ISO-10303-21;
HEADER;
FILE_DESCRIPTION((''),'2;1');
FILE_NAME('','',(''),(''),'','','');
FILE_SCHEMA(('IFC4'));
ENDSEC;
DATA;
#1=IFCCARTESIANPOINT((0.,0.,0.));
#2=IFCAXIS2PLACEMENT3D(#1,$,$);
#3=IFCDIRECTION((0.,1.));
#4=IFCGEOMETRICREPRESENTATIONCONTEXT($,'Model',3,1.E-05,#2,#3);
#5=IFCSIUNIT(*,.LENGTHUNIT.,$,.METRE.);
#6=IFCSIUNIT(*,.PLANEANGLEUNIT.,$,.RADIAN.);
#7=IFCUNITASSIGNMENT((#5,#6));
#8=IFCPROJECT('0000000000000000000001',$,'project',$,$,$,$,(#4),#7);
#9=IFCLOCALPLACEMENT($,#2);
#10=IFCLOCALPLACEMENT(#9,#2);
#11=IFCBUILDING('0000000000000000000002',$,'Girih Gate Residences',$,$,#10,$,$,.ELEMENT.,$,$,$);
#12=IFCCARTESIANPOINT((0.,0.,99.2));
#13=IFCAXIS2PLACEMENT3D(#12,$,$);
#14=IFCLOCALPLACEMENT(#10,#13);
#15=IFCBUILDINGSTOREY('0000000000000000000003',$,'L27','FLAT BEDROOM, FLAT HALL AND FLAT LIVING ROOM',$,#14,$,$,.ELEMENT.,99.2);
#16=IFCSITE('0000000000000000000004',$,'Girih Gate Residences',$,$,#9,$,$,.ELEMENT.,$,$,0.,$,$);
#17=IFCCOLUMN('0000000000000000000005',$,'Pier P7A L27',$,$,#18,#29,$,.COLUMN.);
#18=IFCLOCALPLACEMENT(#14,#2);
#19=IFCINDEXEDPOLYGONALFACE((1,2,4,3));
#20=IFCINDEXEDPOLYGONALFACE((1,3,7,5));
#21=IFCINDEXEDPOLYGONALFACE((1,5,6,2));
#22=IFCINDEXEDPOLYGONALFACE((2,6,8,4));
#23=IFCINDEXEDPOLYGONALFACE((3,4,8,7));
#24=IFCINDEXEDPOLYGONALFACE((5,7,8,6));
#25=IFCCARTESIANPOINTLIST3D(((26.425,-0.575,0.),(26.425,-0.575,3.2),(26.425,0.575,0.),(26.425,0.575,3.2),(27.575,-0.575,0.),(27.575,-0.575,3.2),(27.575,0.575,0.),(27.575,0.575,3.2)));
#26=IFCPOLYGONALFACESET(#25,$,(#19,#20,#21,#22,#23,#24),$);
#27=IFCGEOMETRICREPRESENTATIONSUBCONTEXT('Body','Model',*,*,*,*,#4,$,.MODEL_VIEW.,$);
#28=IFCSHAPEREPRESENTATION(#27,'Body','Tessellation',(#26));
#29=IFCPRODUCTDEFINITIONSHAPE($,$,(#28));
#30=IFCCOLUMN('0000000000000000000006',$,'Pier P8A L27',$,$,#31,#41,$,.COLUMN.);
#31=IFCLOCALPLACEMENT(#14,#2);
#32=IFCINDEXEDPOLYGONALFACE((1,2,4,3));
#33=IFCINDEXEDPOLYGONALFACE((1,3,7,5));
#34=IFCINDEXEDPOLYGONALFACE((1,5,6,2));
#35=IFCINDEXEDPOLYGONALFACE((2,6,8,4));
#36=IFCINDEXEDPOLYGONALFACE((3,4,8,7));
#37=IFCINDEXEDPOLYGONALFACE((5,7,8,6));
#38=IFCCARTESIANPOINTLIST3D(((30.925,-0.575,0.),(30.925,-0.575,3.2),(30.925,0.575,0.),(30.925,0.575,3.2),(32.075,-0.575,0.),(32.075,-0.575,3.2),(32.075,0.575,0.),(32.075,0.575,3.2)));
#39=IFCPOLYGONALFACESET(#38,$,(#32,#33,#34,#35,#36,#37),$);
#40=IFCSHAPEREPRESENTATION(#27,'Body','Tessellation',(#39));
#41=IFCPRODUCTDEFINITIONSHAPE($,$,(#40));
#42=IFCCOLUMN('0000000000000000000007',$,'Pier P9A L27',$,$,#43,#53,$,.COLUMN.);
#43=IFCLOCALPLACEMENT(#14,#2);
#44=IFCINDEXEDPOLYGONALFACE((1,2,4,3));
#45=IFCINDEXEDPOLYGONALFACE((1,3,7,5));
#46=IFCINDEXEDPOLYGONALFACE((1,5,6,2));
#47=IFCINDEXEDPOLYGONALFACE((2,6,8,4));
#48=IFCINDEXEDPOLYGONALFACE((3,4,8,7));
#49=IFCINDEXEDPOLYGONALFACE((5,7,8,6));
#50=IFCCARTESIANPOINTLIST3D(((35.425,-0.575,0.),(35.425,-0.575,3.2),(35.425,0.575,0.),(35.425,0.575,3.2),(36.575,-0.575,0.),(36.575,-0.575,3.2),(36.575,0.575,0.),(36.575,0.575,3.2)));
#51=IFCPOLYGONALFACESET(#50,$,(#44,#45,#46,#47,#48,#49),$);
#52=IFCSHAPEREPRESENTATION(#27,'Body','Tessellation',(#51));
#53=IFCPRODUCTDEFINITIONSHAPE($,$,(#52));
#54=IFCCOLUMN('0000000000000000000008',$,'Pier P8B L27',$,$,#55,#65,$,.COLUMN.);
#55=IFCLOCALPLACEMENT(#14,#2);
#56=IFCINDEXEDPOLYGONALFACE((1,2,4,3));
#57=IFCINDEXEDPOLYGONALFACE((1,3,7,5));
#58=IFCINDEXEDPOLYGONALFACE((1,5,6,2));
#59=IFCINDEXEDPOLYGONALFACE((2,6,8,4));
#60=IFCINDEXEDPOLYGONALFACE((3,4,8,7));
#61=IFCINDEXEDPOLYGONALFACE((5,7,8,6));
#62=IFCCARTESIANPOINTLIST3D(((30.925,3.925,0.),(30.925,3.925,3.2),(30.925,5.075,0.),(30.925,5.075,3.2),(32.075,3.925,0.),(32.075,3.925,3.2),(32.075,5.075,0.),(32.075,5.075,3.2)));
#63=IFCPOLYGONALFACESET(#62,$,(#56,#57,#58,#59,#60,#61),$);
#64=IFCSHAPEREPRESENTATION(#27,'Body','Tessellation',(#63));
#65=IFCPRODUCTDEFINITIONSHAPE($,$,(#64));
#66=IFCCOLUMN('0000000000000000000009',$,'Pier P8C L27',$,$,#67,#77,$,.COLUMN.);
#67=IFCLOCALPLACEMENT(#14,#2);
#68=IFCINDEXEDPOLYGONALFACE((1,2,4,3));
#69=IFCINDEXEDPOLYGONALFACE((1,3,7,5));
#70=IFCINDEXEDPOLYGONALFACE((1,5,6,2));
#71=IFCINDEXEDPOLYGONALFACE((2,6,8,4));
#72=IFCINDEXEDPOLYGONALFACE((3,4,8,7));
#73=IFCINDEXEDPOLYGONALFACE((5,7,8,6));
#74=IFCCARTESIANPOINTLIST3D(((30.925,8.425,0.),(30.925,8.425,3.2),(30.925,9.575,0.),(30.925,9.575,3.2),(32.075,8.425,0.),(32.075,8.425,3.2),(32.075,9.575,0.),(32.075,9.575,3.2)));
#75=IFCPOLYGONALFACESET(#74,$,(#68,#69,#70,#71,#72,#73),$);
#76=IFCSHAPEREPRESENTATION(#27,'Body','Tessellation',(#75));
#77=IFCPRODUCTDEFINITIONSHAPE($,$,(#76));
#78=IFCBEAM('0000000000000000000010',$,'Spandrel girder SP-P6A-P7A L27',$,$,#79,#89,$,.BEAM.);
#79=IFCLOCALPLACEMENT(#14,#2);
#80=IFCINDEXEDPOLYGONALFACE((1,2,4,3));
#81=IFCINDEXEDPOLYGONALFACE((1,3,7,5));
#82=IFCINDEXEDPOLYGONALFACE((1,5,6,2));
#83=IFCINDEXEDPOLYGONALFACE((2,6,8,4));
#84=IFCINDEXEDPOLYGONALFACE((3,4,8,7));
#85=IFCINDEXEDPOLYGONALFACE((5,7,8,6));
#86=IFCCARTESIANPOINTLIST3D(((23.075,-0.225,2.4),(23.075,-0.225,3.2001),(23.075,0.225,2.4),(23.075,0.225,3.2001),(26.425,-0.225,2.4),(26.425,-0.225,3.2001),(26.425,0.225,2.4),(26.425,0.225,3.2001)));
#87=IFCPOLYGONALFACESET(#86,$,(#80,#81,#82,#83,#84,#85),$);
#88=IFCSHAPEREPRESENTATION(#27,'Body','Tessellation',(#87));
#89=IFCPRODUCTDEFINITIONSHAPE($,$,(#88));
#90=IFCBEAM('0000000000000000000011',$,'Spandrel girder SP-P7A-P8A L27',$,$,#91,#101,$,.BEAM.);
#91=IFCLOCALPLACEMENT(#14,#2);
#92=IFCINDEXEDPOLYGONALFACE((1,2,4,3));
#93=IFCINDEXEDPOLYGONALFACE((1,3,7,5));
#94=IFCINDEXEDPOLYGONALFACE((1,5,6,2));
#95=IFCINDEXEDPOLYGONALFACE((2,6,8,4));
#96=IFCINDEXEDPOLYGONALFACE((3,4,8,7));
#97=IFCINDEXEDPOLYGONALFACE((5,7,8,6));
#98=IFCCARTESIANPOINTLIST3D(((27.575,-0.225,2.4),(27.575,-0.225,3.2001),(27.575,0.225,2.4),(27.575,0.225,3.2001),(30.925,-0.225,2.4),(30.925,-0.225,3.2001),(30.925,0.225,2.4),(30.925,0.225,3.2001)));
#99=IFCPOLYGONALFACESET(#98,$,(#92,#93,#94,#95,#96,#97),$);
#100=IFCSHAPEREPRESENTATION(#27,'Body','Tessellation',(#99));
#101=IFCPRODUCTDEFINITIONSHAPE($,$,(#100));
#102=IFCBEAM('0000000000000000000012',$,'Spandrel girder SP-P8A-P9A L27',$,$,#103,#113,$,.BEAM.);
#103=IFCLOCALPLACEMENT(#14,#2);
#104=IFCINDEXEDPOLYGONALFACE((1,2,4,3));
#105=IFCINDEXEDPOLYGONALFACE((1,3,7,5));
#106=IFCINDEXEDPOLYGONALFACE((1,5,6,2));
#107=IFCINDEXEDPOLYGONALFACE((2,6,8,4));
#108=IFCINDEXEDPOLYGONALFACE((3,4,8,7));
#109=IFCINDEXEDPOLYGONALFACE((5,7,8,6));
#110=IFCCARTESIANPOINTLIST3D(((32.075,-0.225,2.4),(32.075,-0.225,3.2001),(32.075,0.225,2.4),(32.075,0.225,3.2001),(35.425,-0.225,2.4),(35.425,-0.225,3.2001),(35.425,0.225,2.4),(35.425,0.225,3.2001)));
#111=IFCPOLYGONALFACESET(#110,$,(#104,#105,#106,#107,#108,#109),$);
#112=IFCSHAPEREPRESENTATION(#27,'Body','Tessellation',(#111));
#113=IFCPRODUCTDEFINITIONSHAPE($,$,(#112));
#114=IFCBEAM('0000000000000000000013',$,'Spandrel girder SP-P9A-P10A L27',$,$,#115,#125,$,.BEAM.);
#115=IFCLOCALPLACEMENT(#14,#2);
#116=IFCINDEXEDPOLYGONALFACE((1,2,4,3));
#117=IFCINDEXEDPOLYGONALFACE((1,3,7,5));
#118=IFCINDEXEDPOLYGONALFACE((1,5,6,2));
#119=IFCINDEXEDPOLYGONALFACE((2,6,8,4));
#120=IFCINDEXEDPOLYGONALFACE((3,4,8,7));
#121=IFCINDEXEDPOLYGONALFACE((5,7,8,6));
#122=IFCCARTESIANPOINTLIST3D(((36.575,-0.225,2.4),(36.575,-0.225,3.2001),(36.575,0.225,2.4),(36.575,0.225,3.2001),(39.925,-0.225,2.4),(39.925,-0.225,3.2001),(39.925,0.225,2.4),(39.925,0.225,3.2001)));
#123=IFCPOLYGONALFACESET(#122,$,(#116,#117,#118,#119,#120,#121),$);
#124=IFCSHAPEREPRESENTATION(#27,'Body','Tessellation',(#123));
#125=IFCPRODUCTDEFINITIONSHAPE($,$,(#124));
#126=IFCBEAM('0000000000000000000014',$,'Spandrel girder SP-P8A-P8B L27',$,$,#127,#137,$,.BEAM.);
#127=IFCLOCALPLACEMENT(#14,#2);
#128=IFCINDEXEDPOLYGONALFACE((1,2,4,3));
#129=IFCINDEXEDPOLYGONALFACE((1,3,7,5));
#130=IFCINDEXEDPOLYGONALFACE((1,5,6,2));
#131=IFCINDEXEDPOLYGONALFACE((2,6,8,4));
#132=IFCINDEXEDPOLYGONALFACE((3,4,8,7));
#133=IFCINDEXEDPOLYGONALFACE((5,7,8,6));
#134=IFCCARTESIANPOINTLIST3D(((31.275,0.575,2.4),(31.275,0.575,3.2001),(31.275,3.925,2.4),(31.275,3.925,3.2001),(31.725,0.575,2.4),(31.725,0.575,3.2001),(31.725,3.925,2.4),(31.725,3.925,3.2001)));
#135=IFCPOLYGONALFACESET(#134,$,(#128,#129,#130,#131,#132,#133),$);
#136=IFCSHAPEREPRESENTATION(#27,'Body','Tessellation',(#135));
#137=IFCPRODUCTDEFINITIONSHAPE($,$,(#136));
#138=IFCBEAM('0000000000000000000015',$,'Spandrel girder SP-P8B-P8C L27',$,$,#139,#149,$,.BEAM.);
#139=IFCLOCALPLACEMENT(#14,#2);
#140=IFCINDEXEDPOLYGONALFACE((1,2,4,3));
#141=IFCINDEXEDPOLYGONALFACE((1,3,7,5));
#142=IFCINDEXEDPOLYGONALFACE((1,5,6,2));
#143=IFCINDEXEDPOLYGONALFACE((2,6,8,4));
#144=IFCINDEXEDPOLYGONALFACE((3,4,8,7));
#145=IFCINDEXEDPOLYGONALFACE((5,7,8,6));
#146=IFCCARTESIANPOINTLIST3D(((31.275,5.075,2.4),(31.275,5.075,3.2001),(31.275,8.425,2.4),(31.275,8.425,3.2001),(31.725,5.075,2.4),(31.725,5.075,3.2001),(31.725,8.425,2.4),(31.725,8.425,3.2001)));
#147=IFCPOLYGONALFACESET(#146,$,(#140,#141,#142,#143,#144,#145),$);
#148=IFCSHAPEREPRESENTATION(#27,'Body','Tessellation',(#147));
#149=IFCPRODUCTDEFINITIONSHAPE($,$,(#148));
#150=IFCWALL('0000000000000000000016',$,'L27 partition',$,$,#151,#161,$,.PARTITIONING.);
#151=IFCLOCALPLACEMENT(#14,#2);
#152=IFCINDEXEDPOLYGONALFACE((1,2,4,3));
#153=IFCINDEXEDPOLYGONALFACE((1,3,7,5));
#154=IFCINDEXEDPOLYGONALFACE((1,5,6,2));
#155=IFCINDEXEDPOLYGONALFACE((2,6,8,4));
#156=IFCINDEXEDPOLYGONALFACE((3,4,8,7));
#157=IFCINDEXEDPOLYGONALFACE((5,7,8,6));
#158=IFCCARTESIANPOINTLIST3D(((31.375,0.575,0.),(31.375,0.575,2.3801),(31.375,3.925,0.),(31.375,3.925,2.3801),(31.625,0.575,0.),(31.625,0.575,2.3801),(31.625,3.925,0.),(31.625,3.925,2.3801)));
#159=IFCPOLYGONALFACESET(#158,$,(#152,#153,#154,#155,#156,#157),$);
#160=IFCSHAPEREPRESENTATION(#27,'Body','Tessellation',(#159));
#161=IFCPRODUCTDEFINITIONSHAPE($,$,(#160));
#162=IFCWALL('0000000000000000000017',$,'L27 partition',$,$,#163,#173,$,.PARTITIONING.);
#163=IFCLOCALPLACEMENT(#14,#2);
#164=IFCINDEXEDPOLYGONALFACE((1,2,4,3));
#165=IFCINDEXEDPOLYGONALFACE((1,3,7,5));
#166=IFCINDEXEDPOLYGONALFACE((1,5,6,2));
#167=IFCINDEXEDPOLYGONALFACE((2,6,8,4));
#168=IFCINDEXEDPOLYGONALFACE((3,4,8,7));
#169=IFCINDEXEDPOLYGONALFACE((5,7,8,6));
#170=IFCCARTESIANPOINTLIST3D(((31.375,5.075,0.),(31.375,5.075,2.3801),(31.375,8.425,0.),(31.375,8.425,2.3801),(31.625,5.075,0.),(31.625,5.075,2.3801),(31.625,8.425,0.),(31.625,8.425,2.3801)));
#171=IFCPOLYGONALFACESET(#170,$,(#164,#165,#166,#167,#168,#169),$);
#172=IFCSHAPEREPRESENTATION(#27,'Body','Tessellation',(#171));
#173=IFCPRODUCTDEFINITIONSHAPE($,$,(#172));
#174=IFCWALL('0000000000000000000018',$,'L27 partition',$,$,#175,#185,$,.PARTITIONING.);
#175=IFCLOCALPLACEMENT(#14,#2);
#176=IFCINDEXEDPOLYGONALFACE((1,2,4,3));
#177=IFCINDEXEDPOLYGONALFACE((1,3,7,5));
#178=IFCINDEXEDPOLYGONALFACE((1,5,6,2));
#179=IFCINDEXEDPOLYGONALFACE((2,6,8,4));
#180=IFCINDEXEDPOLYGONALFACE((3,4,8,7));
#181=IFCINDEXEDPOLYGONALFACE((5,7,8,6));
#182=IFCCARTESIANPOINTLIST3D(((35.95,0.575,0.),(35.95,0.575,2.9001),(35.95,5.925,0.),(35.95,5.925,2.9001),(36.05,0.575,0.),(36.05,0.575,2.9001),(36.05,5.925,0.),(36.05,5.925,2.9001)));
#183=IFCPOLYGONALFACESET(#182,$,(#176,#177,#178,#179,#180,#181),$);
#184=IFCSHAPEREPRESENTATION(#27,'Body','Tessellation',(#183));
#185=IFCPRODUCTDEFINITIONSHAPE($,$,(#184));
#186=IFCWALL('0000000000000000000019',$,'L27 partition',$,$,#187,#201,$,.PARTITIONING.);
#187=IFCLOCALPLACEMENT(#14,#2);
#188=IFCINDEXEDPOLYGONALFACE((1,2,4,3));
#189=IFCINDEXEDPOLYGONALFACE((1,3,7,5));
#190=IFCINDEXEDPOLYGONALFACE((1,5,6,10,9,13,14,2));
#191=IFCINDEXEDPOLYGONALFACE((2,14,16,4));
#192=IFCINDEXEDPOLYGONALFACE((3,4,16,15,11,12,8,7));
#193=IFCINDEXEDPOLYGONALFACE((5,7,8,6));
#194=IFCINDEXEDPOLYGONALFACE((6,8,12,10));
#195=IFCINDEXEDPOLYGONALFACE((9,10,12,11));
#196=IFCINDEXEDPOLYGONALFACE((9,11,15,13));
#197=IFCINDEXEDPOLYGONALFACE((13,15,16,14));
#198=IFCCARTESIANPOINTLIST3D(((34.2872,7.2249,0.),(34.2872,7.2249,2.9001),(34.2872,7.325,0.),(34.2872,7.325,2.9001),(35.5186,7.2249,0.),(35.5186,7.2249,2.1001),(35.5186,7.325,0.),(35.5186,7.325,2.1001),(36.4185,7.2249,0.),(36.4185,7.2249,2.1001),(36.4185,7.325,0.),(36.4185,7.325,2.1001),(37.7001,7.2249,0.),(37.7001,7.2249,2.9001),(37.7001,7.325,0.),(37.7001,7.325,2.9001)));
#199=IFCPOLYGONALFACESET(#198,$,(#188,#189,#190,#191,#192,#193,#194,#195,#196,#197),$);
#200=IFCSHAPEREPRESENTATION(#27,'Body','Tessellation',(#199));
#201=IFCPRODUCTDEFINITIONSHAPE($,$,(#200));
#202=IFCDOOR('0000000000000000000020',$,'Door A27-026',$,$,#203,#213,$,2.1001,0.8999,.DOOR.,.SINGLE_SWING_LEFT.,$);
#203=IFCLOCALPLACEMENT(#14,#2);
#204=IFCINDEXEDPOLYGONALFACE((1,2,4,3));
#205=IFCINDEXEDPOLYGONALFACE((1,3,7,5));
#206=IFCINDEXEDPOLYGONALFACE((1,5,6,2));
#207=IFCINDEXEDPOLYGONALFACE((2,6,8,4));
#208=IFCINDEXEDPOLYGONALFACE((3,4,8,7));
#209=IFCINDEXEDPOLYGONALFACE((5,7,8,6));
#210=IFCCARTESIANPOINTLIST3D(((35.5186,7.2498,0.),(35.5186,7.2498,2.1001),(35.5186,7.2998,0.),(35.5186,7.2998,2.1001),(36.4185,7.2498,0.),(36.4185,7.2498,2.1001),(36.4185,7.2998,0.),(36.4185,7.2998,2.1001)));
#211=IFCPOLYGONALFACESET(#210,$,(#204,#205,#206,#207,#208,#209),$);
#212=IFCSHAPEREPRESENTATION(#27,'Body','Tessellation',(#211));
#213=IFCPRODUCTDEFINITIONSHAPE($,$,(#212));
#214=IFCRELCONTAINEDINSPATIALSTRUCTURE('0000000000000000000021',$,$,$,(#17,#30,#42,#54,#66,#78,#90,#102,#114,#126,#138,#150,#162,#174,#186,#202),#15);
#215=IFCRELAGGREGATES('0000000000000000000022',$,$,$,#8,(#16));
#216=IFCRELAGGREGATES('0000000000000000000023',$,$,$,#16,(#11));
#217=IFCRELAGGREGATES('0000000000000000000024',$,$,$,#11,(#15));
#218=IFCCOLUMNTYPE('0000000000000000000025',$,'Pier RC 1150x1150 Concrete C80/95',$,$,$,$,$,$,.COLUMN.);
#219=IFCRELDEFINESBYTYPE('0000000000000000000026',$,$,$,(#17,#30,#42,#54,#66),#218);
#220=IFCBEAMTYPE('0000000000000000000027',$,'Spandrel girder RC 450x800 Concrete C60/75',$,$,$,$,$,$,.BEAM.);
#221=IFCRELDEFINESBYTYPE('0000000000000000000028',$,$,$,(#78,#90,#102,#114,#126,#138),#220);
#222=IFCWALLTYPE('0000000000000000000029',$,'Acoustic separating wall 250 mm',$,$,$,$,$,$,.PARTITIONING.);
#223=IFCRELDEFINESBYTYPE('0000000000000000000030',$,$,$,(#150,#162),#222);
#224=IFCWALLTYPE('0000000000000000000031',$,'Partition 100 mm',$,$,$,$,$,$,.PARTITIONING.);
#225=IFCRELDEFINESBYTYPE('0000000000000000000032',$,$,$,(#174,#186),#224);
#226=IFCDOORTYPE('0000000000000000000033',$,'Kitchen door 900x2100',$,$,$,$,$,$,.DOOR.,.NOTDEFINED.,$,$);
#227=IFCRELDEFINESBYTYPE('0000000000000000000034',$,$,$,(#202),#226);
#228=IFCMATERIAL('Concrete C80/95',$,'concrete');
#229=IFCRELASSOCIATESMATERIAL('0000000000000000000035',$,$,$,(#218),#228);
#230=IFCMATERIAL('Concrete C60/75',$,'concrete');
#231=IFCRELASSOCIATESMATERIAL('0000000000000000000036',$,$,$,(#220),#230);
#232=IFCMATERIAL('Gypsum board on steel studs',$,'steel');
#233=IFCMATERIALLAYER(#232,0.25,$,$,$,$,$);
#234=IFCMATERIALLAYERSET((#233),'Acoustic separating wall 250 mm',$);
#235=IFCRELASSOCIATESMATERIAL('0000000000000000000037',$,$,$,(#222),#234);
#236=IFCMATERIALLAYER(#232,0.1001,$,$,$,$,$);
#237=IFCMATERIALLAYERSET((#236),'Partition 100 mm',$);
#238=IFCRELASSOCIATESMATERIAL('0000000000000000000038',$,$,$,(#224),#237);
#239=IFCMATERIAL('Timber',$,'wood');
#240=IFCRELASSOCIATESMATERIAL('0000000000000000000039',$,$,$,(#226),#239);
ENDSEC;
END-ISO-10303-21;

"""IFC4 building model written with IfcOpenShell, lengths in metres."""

from ifc_helpers import new_model, si_unit, direction, frame, frame_2d, origin, origin_2d, place, context, subcontext, project, spatial, rectangle, extrude, material, layer, layer_set, material_profile, profile_set, type_object, element, fill, save


model = new_model("IFC4")

# Units and contexts
model_context = context("Model", 3, precision=1e-05, world=origin(), true_north=direction((0.0, 1.0)))
body_context = subcontext(model_context, "Body", "Model", "MODEL_VIEW")
ifc_project = project(units=[si_unit("LENGTHUNIT", "METRE"), si_unit("PLANEANGLEUNIT", "RADIAN")], contexts=[model_context])

# Site, building, storey
site_placement = place(None, origin())
site = spatial("IfcSite", under=ifc_project, at=site_placement, Name="Girih Gate Residences", CompositionType="ELEMENT", RefElevation=0.0)
building_placement = place(site_placement, origin())
building = spatial("IfcBuilding", under=site, at=building_placement, Name="Girih Gate Residences", CompositionType="ELEMENT")
storey_placement = place(building_placement, frame((0.0, 0.0, 99.2)))
storey = spatial("IfcBuildingStorey", under=building, at=storey_placement, Name="L27", Description="FLAT BEDROOM, FLAT HALL AND FLAT LIVING ROOM", CompositionType="ELEMENT", Elevation=99.2)

# Columns
ifc_material_1 = material(Name="Concrete C80/95", Category="concrete")
ifc_material_profile_1 = material_profile(ifc_material_1, rectangle(XDim=1.1499, YDim=1.1499, at=origin_2d()))
ifc_profile_set_1 = profile_set([ifc_material_profile_1], Name="Concrete C80/95")
column_type = type_object("IfcColumnType", Name="Pier RC 1150x1150 Concrete C80/95", PredefinedType="COLUMN", material=ifc_profile_set_1)
for number, where, z_axis, x_axis, name in (
    (1, (27.0, 0.0, 0.0), (0.0, 0.0, 1.0), (1.0, 0.0, 0.0), "Pier P7A L27"),
    (2, (31.5, 0.0, 0.0), (0.0, 0.0, 1.0), (1.0, 0.0, 0.0), "Pier P8A L27"),
    (3, (36.0, 0.0, 0.0), (0.0, 0.0, 1.0), (1.0, 0.0, 0.0), "Pier P9A L27"),
    (4, (31.5, 4.5, 0.0), (0.0, 0.0, 1.0), (1.0, 0.0, 0.0), "Pier P8B L27"),
    (5, (31.5, 9.0, 0.0), (0.0, 0.0, 1.0), (1.0, 0.0, 0.0), "Pier P8C L27"),
):
    element("IfcColumn", number, at=place(storey_placement, frame(where, z_axis=z_axis, x_axis=x_axis)), inside=storey, type_object=column_type, Name=name, PredefinedType="COLUMN", context=body_context, shape_type="SweptSolid", body=[
        extrude(rectangle(XDim=1.1499, YDim=1.1499, at=origin_2d()), origin(), (0.0, 0.0, 1.0), 3.2),
    ])

# Beams
ifc_material_2 = material(Name="Concrete C60/75", Category="concrete")
ifc_material_profile_2 = material_profile(ifc_material_2, rectangle(XDim=0.45, YDim=0.8, at=origin_2d()))
ifc_profile_set_2 = profile_set([ifc_material_profile_2], Name="Concrete C60/75")
beam_type = type_object("IfcBeamType", Name="Spandrel girder RC 450x800 Concrete C60/75", PredefinedType="BEAM", material=ifc_profile_set_2)
for number, where, z_axis, x_axis, name in (
    (6, (23.075, 0.0, 2.8), (1.0, 0.0, 0.0), (0.0, 1.0, 0.0), "Spandrel girder SP-P6A-P7A L27"),
    (7, (27.575, 0.0, 2.8), (1.0, 0.0, 0.0), (0.0, 1.0, 0.0), "Spandrel girder SP-P7A-P8A L27"),
    (8, (32.075, 0.0, 2.8), (1.0, 0.0, 0.0), (0.0, 1.0, 0.0), "Spandrel girder SP-P8A-P9A L27"),
    (9, (36.575, 0.0, 2.8), (1.0, 0.0, 0.0), (0.0, 1.0, 0.0), "Spandrel girder SP-P9A-P10A L27"),
    (10, (31.5, 0.575, 2.8), (0.0, 1.0, 0.0), (-1.0, 0.0, 0.0), "Spandrel girder SP-P8A-P8B L27"),
    (11, (31.5, 5.075, 2.8), (0.0, 1.0, 0.0), (-1.0, 0.0, 0.0), "Spandrel girder SP-P8B-P8C L27"),
):
    element("IfcBeam", number, at=place(storey_placement, frame(where, z_axis=z_axis, x_axis=x_axis)), inside=storey, type_object=beam_type, Name=name, PredefinedType="BEAM", context=body_context, shape_type="SweptSolid", body=[
        extrude(rectangle(XDim=0.45, YDim=0.8, at=origin_2d()), origin(), (0.0, 0.0, 1.0), 3.3501),
    ])

# Walls
ifc_material_3 = material(Name="Gypsum board on steel studs", Category="steel")
ifc_layer_1 = layer(ifc_material_3, 0.25)
ifc_layer_set_1 = layer_set([ifc_layer_1], Name="Acoustic separating wall 250 mm")
wall_type_1 = type_object("IfcWallType", Name="Acoustic separating wall 250 mm", PredefinedType="PARTITIONING", material=ifc_layer_set_1)
for number, where, z_axis, x_axis, name in (
    (12, (31.5, 0.575, 0.0), (0.0, 0.0, 1.0), (0.0, 1.0, 0.0), "L27 partition"),
    (13, (31.5, 5.075, 0.0), (0.0, 0.0, 1.0), (0.0, 1.0, 0.0), "L27 partition"),
):
    element("IfcWall", number, at=place(storey_placement, frame(where, z_axis=z_axis, x_axis=x_axis)), inside=storey, type_object=wall_type_1, Name=name, PredefinedType="PARTITIONING", context=body_context, shape_type="SweptSolid", body=[
        extrude(rectangle(XDim=3.3501, YDim=0.25, at=frame_2d((1.675, 0.0))), origin(), (0.0, 0.0, 1.0), 2.3801),
    ])
ifc_layer_2 = layer(ifc_material_3, 0.1001)
ifc_layer_set_2 = layer_set([ifc_layer_2], Name="Partition 100 mm")
wall_type_2 = type_object("IfcWallType", Name="Partition 100 mm", PredefinedType="PARTITIONING", material=ifc_layer_set_2)
wall_1_placement = place(storey_placement, frame((36.0, 0.575, 0.0), z_axis=(0.0, 0.0, 1.0), x_axis=(0.0, 1.0, 0.0)))
element("IfcWall", 14, at=wall_1_placement, inside=storey, type_object=wall_type_2, Name="L27 partition", PredefinedType="PARTITIONING", context=body_context, shape_type="SweptSolid", body=[
    extrude(rectangle(XDim=5.3501, YDim=0.1001, at=frame_2d((2.675, 0.0))), origin(), (0.0, 0.0, 1.0), 2.9001),
])

# Wall, opening, door
wall_2_placement = place(storey_placement, frame((34.2871, 7.2749, 0.0), z_axis=(0.0, 0.0, 1.0), x_axis=(1.0, 0.0, 0.0)))
wall_2 = element("IfcWall", 15, at=wall_2_placement, inside=storey, type_object=wall_type_2, Name="L27 partition", PredefinedType="PARTITIONING", context=body_context, shape_type="SweptSolid", body=[
    extrude(rectangle(XDim=3.4128, YDim=0.1001, at=frame_2d((1.7065, 0.0))), origin(), (0.0, 0.0, 1.0), 2.9001),
])
opening_1_placement = place(wall_2_placement, frame((1.2314, 0.0, 0.0)))
opening_1 = element("IfcOpeningElement", 16, at=opening_1_placement, cuts=wall_2, PredefinedType="OPENING", context=body_context, shape_type="SweptSolid", body=[
    extrude(rectangle(XDim=0.8999, YDim=2.1001, at=frame_2d((0.45, 1.05))), frame((0.0, 0.0601, 0.0), z_axis=(0.0, -1.0, 0.0), x_axis=(1.0, 0.0, 0.0)), (0.0, 0.0, 1.0), 0.1201),
])
ifc_material_4 = material(Name="Timber", Category="wood")
door_type_1 = type_object("IfcDoorType", Name="Kitchen door 900x2100", OperationType="NOTDEFINED", PredefinedType="DOOR", material=ifc_material_4)
door_1_placement = place(opening_1_placement, origin())
door_1 = element("IfcDoor", 17, at=door_1_placement, inside=storey, type_object=door_type_1, Name="Door A27-026", OperationType="SINGLE_SWING_LEFT", OverallHeight=2.1001, OverallWidth=0.8999, PredefinedType="DOOR", context=body_context, shape_type="SweptSolid", body=[
    extrude(rectangle(XDim=0.8999, YDim=2.1001, at=frame_2d((0.45, 1.05))), frame((0.0, 0.0249, 0.0), z_axis=(0.0, -1.0, 0.0), x_axis=(1.0, 0.0, 0.0)), (0.0, 0.0, 1.0), 0.05),
])
fill(opening_1, door_1)

save(model, "model.ifc")
